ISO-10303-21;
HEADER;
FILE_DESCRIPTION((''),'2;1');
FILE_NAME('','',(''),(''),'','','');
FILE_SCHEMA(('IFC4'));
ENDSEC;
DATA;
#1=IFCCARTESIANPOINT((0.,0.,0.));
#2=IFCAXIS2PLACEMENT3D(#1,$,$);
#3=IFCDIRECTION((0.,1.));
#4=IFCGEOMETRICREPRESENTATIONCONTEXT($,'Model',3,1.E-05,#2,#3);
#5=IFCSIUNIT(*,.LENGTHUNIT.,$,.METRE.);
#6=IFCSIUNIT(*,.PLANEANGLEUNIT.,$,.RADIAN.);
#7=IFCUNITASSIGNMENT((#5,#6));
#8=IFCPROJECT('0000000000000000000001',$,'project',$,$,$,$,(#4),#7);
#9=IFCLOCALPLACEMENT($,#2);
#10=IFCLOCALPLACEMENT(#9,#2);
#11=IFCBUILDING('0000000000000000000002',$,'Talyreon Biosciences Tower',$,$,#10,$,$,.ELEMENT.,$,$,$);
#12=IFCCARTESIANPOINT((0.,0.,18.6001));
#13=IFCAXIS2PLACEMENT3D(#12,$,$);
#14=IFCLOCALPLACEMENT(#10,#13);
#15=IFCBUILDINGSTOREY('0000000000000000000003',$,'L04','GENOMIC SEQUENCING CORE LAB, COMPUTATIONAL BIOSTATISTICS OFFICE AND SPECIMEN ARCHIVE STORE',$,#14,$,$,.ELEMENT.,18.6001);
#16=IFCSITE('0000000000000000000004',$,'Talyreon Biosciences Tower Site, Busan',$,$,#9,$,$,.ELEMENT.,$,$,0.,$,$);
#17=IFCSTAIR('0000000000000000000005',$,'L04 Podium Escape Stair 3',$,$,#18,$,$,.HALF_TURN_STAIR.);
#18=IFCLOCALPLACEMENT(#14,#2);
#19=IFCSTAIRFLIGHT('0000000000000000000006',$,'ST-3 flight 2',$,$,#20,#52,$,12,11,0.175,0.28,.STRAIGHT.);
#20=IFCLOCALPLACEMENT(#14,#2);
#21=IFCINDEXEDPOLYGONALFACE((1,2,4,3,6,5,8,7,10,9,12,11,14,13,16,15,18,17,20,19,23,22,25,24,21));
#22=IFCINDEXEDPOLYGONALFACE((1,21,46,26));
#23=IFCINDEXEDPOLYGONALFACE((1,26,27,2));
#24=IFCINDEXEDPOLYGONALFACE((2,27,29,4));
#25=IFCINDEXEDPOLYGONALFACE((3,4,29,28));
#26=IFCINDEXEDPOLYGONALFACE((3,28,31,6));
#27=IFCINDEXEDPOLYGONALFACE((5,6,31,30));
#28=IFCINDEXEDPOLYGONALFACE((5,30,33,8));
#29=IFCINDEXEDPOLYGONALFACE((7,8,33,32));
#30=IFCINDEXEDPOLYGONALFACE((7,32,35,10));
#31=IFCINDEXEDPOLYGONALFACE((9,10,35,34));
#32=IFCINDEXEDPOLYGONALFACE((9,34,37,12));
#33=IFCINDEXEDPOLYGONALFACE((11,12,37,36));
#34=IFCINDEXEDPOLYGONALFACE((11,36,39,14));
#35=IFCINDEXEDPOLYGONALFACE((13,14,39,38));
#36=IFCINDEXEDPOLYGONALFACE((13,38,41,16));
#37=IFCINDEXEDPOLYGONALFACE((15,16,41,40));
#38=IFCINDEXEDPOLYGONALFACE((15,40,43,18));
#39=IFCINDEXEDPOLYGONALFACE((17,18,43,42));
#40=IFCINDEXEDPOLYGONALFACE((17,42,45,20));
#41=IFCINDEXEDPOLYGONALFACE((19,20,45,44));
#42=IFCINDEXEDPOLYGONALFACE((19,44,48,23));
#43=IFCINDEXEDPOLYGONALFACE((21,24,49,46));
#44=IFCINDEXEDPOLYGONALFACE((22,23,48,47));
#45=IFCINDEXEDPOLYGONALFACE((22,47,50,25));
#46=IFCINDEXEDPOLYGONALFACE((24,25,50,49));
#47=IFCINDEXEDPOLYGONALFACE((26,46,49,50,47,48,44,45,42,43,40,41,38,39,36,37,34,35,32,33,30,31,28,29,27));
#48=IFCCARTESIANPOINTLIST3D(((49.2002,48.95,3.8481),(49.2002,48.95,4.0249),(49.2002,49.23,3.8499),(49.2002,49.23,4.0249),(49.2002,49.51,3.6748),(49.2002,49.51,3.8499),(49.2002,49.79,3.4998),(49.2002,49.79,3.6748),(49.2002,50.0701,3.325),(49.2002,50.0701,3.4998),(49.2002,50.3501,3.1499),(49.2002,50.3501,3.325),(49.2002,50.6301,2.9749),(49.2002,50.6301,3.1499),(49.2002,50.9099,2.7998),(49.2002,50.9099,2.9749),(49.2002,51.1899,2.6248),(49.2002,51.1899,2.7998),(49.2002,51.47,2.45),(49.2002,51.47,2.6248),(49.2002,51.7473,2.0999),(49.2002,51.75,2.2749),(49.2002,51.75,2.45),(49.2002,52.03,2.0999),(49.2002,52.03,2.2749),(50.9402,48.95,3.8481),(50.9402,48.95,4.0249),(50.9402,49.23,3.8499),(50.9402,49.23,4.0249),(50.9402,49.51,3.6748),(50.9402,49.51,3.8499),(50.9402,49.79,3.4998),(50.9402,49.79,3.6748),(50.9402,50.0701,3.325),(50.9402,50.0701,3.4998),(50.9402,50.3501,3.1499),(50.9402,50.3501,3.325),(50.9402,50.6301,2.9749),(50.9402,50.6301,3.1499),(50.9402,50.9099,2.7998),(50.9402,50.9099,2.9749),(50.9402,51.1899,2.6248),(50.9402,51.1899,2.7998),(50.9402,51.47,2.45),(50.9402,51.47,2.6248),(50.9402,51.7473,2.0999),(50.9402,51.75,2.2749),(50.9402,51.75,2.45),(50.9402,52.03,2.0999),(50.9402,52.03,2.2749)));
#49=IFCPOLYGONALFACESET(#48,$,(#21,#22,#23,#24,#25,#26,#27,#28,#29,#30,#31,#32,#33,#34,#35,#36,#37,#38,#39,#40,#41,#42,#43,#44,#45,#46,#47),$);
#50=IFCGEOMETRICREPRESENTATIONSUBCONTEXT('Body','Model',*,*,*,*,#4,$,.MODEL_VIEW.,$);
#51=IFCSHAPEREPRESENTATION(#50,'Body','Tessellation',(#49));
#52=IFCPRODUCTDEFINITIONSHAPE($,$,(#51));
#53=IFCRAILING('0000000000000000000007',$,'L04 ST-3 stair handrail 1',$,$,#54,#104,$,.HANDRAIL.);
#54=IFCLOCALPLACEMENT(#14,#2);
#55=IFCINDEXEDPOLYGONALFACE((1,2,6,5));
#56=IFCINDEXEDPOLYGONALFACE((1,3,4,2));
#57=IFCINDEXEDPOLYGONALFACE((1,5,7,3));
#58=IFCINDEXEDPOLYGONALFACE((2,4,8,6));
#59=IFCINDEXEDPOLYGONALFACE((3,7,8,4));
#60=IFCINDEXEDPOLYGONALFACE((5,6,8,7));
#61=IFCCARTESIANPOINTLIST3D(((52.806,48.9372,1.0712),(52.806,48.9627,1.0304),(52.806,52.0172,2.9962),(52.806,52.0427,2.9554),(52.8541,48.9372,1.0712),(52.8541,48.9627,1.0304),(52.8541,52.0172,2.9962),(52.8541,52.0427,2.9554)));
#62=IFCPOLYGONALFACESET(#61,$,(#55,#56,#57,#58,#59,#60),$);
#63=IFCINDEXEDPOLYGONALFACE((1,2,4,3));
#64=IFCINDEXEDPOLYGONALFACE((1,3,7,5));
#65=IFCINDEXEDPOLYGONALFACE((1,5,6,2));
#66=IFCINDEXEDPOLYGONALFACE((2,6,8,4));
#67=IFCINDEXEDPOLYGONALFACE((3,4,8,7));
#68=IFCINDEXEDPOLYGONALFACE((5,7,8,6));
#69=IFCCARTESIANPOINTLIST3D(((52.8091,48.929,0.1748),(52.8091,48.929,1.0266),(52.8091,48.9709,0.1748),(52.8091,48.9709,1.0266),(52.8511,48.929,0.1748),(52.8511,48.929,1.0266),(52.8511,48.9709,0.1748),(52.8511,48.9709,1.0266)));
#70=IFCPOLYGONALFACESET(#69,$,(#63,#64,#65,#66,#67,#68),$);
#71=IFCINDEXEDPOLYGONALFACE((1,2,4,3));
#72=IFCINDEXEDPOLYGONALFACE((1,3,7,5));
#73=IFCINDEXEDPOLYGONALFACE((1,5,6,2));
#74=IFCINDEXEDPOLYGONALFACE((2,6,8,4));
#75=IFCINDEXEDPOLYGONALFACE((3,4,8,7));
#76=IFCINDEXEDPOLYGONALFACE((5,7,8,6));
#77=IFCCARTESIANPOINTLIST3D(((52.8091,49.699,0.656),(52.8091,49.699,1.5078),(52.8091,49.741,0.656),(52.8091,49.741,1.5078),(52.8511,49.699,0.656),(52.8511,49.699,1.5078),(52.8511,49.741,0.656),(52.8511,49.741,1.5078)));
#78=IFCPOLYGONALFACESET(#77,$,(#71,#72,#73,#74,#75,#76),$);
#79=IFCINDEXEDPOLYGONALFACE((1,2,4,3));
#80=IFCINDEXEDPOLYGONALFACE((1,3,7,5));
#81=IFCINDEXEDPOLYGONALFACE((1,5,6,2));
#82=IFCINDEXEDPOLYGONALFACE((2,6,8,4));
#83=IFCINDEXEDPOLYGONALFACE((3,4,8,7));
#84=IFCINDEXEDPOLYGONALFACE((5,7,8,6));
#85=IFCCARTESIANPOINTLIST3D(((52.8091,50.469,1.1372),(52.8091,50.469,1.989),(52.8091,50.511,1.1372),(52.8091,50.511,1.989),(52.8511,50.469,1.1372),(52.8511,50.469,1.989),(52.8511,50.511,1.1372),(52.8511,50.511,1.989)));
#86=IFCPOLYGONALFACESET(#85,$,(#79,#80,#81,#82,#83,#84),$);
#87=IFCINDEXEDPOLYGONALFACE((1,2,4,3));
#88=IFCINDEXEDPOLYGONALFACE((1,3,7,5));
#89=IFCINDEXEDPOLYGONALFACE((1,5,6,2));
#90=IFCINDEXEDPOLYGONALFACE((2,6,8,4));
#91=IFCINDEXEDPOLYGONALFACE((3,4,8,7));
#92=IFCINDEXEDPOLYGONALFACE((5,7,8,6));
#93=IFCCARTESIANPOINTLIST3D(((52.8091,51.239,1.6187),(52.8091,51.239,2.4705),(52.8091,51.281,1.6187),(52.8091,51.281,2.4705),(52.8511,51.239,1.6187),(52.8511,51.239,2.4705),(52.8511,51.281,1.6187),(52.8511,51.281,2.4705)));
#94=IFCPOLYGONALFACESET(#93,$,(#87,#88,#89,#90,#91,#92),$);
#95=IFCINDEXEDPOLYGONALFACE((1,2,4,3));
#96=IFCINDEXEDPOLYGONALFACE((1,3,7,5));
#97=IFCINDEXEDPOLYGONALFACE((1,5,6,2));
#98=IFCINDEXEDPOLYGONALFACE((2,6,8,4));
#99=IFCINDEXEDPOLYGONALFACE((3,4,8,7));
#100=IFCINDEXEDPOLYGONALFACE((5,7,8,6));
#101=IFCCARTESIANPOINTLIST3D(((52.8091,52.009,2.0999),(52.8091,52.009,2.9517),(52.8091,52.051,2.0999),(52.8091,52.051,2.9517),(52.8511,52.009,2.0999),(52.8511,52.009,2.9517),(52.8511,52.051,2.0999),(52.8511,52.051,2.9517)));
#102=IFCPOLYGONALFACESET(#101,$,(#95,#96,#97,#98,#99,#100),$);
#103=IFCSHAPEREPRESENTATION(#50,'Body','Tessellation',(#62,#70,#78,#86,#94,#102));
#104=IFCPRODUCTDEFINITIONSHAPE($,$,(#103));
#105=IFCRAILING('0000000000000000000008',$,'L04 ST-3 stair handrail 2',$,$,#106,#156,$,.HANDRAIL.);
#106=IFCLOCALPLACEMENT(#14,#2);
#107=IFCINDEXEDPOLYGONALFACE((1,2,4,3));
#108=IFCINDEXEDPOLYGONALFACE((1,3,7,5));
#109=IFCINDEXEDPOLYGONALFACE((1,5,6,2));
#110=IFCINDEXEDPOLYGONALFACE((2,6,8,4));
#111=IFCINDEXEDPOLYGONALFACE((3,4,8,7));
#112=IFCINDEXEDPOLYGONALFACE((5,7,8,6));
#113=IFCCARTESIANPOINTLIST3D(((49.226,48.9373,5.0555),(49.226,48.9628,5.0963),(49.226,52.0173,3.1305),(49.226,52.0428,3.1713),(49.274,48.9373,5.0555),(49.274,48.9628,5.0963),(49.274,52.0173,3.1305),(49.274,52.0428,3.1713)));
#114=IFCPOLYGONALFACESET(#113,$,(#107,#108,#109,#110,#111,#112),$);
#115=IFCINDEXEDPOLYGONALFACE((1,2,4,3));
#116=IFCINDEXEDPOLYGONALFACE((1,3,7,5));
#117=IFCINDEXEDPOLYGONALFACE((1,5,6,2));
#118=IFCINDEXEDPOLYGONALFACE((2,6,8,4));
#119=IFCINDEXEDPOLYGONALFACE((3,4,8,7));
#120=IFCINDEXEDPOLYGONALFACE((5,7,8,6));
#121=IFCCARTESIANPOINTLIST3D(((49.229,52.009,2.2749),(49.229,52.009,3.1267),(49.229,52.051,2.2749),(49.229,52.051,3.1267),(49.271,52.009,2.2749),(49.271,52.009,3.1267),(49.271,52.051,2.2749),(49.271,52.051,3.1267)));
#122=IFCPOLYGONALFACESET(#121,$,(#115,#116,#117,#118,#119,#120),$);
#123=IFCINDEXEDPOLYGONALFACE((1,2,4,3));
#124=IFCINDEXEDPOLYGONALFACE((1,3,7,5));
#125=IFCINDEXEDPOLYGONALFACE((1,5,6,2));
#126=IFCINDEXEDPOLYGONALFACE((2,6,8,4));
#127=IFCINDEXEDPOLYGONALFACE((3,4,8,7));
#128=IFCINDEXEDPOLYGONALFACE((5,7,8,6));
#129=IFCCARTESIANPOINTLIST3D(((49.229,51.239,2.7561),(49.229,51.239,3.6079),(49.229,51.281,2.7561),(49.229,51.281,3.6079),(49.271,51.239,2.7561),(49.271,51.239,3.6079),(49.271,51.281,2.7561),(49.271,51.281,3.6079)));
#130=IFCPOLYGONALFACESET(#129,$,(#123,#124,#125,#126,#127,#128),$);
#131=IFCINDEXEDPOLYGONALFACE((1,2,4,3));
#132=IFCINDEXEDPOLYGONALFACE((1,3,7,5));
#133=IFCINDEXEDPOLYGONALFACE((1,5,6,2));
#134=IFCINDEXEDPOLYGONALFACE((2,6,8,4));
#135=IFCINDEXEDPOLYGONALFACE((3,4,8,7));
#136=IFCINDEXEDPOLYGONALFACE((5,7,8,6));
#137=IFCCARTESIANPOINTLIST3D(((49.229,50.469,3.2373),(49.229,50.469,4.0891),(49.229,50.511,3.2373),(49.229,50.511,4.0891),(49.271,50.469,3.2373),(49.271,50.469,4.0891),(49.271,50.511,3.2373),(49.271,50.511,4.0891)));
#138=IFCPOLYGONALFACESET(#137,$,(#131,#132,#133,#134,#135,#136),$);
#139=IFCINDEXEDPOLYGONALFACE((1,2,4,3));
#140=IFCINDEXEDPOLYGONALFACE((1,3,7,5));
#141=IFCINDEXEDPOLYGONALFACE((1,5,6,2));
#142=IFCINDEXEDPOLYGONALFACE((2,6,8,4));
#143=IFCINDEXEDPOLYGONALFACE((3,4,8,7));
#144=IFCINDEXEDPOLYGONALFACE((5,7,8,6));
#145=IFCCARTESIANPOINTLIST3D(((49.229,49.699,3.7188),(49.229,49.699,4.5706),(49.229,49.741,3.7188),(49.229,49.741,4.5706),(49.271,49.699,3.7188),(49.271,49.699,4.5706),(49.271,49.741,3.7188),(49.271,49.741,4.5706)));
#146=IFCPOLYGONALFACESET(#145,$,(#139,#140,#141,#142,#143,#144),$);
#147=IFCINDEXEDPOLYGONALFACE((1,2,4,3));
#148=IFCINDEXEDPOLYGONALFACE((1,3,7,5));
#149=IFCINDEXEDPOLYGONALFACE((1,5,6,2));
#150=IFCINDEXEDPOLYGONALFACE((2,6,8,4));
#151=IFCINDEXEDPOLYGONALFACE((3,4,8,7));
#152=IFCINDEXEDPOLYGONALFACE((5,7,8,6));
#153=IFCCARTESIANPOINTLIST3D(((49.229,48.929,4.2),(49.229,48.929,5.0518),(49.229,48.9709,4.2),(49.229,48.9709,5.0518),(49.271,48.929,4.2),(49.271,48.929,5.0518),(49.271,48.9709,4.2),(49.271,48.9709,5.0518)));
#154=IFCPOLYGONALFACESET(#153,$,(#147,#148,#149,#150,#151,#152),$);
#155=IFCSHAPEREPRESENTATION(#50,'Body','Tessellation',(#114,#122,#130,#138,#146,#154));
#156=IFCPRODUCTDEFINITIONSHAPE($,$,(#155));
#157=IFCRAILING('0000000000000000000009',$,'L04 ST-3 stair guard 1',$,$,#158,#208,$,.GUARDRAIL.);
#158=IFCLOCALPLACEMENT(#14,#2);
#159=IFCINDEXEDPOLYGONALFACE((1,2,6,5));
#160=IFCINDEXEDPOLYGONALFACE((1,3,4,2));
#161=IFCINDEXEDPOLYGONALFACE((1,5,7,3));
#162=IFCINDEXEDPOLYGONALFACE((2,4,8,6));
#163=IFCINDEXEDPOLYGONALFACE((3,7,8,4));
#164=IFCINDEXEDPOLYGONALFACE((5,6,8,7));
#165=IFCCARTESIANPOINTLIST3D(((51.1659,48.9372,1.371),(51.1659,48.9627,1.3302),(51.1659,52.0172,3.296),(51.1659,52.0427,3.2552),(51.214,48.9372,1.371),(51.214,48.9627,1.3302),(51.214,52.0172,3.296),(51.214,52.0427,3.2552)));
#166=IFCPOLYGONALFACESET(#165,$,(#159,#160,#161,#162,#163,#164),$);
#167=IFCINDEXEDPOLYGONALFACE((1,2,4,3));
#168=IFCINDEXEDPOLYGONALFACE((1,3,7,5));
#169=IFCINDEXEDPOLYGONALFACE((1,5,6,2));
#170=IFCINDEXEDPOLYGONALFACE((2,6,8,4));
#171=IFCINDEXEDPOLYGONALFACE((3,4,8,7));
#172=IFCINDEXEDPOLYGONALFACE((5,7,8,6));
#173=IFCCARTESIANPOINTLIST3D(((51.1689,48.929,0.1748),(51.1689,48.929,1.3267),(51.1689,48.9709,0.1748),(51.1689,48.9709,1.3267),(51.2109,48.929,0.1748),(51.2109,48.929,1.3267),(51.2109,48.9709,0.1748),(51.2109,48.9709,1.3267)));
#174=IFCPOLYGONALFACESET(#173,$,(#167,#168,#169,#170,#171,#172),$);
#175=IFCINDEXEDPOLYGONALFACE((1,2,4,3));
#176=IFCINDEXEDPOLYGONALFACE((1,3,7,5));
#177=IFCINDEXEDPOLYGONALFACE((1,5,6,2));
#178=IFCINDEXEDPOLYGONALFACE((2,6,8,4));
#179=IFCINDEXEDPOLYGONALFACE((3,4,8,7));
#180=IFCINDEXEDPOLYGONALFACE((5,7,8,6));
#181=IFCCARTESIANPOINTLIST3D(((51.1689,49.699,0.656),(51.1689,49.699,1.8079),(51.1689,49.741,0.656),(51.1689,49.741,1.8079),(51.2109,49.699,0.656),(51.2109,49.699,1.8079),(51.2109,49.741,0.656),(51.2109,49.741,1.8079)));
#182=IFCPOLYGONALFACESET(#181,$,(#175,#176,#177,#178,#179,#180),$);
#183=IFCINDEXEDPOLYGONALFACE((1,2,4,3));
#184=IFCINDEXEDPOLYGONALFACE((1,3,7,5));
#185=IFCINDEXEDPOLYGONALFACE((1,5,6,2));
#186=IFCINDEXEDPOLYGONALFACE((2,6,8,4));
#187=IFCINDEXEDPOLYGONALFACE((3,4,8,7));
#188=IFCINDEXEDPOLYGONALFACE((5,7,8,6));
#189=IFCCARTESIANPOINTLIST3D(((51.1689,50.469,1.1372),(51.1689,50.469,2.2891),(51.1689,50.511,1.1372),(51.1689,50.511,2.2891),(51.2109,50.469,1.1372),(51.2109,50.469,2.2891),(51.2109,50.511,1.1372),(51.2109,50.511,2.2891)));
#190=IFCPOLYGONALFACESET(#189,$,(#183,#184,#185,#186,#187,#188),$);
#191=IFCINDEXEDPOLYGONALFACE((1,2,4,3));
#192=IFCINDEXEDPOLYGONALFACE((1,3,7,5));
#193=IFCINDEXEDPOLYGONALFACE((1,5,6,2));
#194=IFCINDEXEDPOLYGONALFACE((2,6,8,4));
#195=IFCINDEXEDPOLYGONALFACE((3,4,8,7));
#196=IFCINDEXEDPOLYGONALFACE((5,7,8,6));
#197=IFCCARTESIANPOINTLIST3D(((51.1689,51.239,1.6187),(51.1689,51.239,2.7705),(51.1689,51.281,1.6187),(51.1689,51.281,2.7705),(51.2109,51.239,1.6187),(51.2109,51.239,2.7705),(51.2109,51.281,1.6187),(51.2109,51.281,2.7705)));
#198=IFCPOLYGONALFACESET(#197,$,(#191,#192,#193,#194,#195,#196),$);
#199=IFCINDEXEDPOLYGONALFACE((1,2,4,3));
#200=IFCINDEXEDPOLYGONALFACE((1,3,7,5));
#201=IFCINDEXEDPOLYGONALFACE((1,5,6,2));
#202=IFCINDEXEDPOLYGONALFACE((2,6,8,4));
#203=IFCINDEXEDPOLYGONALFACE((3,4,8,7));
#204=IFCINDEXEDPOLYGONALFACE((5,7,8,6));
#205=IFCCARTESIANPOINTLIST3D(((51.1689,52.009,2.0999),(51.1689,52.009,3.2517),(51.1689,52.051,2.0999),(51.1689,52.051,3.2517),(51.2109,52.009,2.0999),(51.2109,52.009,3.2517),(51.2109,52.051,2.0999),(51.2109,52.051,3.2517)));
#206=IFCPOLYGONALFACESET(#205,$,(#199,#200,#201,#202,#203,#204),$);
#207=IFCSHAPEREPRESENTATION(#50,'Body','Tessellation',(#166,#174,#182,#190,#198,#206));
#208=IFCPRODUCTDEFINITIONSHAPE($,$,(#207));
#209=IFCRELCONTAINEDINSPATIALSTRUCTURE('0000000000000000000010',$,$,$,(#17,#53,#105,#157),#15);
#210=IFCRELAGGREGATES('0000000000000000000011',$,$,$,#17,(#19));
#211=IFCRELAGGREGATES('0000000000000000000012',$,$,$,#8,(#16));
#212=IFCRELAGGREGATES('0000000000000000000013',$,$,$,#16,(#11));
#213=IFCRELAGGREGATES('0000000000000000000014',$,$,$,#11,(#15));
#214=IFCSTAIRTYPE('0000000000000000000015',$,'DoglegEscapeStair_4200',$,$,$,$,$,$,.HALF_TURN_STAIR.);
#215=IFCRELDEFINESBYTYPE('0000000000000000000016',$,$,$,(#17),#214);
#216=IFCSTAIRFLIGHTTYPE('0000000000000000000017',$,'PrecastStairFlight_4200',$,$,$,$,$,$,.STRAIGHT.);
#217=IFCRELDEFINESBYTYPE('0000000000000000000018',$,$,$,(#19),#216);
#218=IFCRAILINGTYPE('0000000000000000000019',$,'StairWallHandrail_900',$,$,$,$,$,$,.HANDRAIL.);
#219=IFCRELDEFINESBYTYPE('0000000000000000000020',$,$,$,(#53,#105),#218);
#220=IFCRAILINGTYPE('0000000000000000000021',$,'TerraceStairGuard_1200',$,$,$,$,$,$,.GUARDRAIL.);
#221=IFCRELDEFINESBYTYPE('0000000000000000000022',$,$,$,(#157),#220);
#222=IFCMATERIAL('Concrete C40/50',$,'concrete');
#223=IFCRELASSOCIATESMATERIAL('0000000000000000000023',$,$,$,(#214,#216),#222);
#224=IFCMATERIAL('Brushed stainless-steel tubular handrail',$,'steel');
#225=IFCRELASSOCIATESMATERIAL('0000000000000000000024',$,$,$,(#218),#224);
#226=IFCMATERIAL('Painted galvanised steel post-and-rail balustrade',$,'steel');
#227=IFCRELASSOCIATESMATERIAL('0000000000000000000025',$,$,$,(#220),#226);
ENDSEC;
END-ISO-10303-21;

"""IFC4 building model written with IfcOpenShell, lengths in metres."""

from ifc_helpers import new_model, si_unit, direction, frame, origin, origin_2d, place, context, subcontext, project, spatial, polyline, rectangle, outline, extrude, material, type_object, element, aggregate, save


model = new_model("IFC4")

# Units and contexts
model_context = context("Model", 3, precision=1e-05, world=origin(), true_north=direction((0.0, 1.0)))
body_context = subcontext(model_context, "Body", "Model", "MODEL_VIEW")
ifc_project = project(units=[si_unit("LENGTHUNIT", "METRE"), si_unit("PLANEANGLEUNIT", "RADIAN")], contexts=[model_context])

# Site, building, storey
site_placement = place(None, origin())
site = spatial("IfcSite", under=ifc_project, at=site_placement, Name="Talyreon Biosciences Tower Site, Busan", CompositionType="ELEMENT", RefElevation=0.0)
building_placement = place(site_placement, origin())
building = spatial("IfcBuilding", under=site, at=building_placement, Name="Talyreon Biosciences Tower", CompositionType="ELEMENT")
storey_placement = place(building_placement, frame((0.0, 0.0, 18.6001)))
storey = spatial("IfcBuildingStorey", under=building, at=storey_placement, Name="L04", Description="GENOMIC SEQUENCING CORE LAB, COMPUTATIONAL BIOSTATISTICS OFFICE AND SPECIMEN ARCHIVE STORE", CompositionType="ELEMENT", Elevation=18.6001)

# Shared definitions
ifc_material_1 = material(Name="Concrete C40/50", Category="concrete")

# Stair, stair flight
stair_type = type_object("IfcStairType", Name="DoglegEscapeStair_4200", PredefinedType="HALF_TURN_STAIR", material=ifc_material_1)
stair_placement = place(storey_placement, origin())
stair = element("IfcStair", 1, at=stair_placement, inside=storey, type_object=stair_type, Name="L04 Podium Escape Stair 3", PredefinedType="HALF_TURN_STAIR")
stair_flight_type = type_object("IfcStairFlightType", Name="PrecastStairFlight_4200", PredefinedType="STRAIGHT", material=ifc_material_1)
stair_flight_1_placement = place(storey_placement, frame((50.0701, 52.03, 2.0999), z_axis=(0.0, 0.0, 1.0), x_axis=(0.0, -1.0, 0.0)))
stair_flight_1 = element("IfcStairFlight", 2, at=stair_flight_1_placement, type_object=stair_flight_type, Name="ST-3 flight 2", NumberOfRisers=12, NumberOfTreads=11, PredefinedType="STRAIGHT", RiserHeight=0.175, TreadLength=0.28, context=body_context, shape_type="SweptSolid", body=[
    extrude(outline(polyline([(0.0, 0.0), (0.0, 0.175), (0.28, 0.175), (0.28, 0.3501), (0.5601, 0.3501), (0.5601, 0.5249), (0.8401, 0.5249), (0.8401, 0.7), (1.1201, 0.7), (1.1201, 0.875), (1.3999, 0.875), (1.3999, 1.05), (1.6799, 1.05), (1.6799, 1.2251), (1.96, 1.2251), (1.96, 1.3999), (2.24, 1.3999), (2.24, 1.575), (2.52, 1.575), (2.52, 1.75), (2.8, 1.75), (2.8, 1.925), (3.0801, 1.925), (3.0801, 2.1001), (3.0801, 1.7483), (0.2827, 0.0), (0.0, 0.0)])), frame((0.0, 0.8701, 0.0), z_axis=(0.0, -1.0, 0.0), x_axis=(1.0, 0.0, 0.0)), (0.0, 0.0, 1.0), 1.74),
])
aggregate(stair, [stair_flight_1])

# Railings
ifc_material_2 = material(Name="Brushed stainless-steel tubular handrail", Category="steel")
railing_type_1 = type_object("IfcRailingType", Name="StairWallHandrail_900", PredefinedType="HANDRAIL", material=ifc_material_2)
railing_1_placement = place(storey_placement, frame((52.8301, 48.95, 0.1748)))
element("IfcRailing", 3, at=railing_1_placement, inside=storey, type_object=railing_type_1, Name="L04 ST-3 stair handrail 1", PredefinedType="HANDRAIL", context=body_context, shape_type="SweptSolid", body=[
    extrude(rectangle(XDim=0.0481, YDim=0.0481, at=origin_2d()), frame((0.0, 0.0, 0.876), z_axis=(0.0, 0.847998, 0.529999), x_axis=(-1.0, 0.0, 0.0)), (0.0, 0.0, 1.0), 3.6321),
    extrude(rectangle(XDim=0.042, YDim=0.042, at=origin_2d()), origin(), (0.0, 0.0, 1.0), 0.8518),
    extrude(rectangle(XDim=0.042, YDim=0.042, at=origin_2d()), frame((0.0, 0.77, 0.4812)), (0.0, 0.0, 1.0), 0.8518),
    extrude(rectangle(XDim=0.042, YDim=0.042, at=origin_2d()), frame((0.0, 1.54, 0.9624)), (0.0, 0.0, 1.0), 0.8518),
    extrude(rectangle(XDim=0.042, YDim=0.042, at=origin_2d()), frame((0.0, 2.3101, 1.4438)), (0.0, 0.0, 1.0), 0.8518),
    extrude(rectangle(XDim=0.042, YDim=0.042, at=origin_2d()), frame((0.0, 3.0801, 1.925)), (0.0, 0.0, 1.0), 0.8518),
])
railing_2_placement = place(storey_placement, frame((49.25, 52.03, 2.2749)))
element("IfcRailing", 4, at=railing_2_placement, inside=storey, type_object=railing_type_1, Name="L04 ST-3 stair handrail 2", PredefinedType="HANDRAIL", context=body_context, shape_type="SweptSolid", body=[
    extrude(rectangle(XDim=0.0481, YDim=0.0481, at=origin_2d()), frame((0.0, 0.0, 0.876), z_axis=(0.0, -0.847998, 0.529999), x_axis=(1.0, 0.0, 0.0)), (0.0, 0.0, 1.0), 3.6321),
    extrude(rectangle(XDim=0.042, YDim=0.042, at=origin_2d()), origin(), (0.0, 0.0, 1.0), 0.8518),
    extrude(rectangle(XDim=0.042, YDim=0.042, at=origin_2d()), frame((0.0, -0.77, 0.4812)), (0.0, 0.0, 1.0), 0.8518),
    extrude(rectangle(XDim=0.042, YDim=0.042, at=origin_2d()), frame((0.0, -1.54, 0.9624)), (0.0, 0.0, 1.0), 0.8518),
    extrude(rectangle(XDim=0.042, YDim=0.042, at=origin_2d()), frame((0.0, -2.3101, 1.4438)), (0.0, 0.0, 1.0), 0.8518),
    extrude(rectangle(XDim=0.042, YDim=0.042, at=origin_2d()), frame((0.0, -3.0801, 1.925)), (0.0, 0.0, 1.0), 0.8518),
])
ifc_material_3 = material(Name="Painted galvanised steel post-and-rail balustrade", Category="steel")
railing_type_2 = type_object("IfcRailingType", Name="TerraceStairGuard_1200", PredefinedType="GUARDRAIL", material=ifc_material_3)
railing_3_placement = place(storey_placement, frame((51.1899, 48.95, 0.1748)))
element("IfcRailing", 5, at=railing_3_placement, inside=storey, type_object=railing_type_2, Name="L04 ST-3 stair guard 1", PredefinedType="GUARDRAIL", context=body_context, shape_type="SweptSolid", body=[
    extrude(rectangle(XDim=0.0481, YDim=0.0481, at=origin_2d()), frame((0.0, 0.0, 1.1758), z_axis=(0.0, 0.847998, 0.529999), x_axis=(-1.0, 0.0, 0.0)), (0.0, 0.0, 1.0), 3.6321),
    extrude(rectangle(XDim=0.042, YDim=0.042, at=origin_2d()), origin(), (0.0, 0.0, 1.0), 1.1519),
    extrude(rectangle(XDim=0.042, YDim=0.042, at=origin_2d()), frame((0.0, 0.77, 0.4812)), (0.0, 0.0, 1.0), 1.1519),
    extrude(rectangle(XDim=0.042, YDim=0.042, at=origin_2d()), frame((0.0, 1.54, 0.9624)), (0.0, 0.0, 1.0), 1.1519),
    extrude(rectangle(XDim=0.042, YDim=0.042, at=origin_2d()), frame((0.0, 2.3101, 1.4438)), (0.0, 0.0, 1.0), 1.1519),
    extrude(rectangle(XDim=0.042, YDim=0.042, at=origin_2d()), frame((0.0, 3.0801, 1.925)), (0.0, 0.0, 1.0), 1.1519),
])

save(model, "model.ifc")
